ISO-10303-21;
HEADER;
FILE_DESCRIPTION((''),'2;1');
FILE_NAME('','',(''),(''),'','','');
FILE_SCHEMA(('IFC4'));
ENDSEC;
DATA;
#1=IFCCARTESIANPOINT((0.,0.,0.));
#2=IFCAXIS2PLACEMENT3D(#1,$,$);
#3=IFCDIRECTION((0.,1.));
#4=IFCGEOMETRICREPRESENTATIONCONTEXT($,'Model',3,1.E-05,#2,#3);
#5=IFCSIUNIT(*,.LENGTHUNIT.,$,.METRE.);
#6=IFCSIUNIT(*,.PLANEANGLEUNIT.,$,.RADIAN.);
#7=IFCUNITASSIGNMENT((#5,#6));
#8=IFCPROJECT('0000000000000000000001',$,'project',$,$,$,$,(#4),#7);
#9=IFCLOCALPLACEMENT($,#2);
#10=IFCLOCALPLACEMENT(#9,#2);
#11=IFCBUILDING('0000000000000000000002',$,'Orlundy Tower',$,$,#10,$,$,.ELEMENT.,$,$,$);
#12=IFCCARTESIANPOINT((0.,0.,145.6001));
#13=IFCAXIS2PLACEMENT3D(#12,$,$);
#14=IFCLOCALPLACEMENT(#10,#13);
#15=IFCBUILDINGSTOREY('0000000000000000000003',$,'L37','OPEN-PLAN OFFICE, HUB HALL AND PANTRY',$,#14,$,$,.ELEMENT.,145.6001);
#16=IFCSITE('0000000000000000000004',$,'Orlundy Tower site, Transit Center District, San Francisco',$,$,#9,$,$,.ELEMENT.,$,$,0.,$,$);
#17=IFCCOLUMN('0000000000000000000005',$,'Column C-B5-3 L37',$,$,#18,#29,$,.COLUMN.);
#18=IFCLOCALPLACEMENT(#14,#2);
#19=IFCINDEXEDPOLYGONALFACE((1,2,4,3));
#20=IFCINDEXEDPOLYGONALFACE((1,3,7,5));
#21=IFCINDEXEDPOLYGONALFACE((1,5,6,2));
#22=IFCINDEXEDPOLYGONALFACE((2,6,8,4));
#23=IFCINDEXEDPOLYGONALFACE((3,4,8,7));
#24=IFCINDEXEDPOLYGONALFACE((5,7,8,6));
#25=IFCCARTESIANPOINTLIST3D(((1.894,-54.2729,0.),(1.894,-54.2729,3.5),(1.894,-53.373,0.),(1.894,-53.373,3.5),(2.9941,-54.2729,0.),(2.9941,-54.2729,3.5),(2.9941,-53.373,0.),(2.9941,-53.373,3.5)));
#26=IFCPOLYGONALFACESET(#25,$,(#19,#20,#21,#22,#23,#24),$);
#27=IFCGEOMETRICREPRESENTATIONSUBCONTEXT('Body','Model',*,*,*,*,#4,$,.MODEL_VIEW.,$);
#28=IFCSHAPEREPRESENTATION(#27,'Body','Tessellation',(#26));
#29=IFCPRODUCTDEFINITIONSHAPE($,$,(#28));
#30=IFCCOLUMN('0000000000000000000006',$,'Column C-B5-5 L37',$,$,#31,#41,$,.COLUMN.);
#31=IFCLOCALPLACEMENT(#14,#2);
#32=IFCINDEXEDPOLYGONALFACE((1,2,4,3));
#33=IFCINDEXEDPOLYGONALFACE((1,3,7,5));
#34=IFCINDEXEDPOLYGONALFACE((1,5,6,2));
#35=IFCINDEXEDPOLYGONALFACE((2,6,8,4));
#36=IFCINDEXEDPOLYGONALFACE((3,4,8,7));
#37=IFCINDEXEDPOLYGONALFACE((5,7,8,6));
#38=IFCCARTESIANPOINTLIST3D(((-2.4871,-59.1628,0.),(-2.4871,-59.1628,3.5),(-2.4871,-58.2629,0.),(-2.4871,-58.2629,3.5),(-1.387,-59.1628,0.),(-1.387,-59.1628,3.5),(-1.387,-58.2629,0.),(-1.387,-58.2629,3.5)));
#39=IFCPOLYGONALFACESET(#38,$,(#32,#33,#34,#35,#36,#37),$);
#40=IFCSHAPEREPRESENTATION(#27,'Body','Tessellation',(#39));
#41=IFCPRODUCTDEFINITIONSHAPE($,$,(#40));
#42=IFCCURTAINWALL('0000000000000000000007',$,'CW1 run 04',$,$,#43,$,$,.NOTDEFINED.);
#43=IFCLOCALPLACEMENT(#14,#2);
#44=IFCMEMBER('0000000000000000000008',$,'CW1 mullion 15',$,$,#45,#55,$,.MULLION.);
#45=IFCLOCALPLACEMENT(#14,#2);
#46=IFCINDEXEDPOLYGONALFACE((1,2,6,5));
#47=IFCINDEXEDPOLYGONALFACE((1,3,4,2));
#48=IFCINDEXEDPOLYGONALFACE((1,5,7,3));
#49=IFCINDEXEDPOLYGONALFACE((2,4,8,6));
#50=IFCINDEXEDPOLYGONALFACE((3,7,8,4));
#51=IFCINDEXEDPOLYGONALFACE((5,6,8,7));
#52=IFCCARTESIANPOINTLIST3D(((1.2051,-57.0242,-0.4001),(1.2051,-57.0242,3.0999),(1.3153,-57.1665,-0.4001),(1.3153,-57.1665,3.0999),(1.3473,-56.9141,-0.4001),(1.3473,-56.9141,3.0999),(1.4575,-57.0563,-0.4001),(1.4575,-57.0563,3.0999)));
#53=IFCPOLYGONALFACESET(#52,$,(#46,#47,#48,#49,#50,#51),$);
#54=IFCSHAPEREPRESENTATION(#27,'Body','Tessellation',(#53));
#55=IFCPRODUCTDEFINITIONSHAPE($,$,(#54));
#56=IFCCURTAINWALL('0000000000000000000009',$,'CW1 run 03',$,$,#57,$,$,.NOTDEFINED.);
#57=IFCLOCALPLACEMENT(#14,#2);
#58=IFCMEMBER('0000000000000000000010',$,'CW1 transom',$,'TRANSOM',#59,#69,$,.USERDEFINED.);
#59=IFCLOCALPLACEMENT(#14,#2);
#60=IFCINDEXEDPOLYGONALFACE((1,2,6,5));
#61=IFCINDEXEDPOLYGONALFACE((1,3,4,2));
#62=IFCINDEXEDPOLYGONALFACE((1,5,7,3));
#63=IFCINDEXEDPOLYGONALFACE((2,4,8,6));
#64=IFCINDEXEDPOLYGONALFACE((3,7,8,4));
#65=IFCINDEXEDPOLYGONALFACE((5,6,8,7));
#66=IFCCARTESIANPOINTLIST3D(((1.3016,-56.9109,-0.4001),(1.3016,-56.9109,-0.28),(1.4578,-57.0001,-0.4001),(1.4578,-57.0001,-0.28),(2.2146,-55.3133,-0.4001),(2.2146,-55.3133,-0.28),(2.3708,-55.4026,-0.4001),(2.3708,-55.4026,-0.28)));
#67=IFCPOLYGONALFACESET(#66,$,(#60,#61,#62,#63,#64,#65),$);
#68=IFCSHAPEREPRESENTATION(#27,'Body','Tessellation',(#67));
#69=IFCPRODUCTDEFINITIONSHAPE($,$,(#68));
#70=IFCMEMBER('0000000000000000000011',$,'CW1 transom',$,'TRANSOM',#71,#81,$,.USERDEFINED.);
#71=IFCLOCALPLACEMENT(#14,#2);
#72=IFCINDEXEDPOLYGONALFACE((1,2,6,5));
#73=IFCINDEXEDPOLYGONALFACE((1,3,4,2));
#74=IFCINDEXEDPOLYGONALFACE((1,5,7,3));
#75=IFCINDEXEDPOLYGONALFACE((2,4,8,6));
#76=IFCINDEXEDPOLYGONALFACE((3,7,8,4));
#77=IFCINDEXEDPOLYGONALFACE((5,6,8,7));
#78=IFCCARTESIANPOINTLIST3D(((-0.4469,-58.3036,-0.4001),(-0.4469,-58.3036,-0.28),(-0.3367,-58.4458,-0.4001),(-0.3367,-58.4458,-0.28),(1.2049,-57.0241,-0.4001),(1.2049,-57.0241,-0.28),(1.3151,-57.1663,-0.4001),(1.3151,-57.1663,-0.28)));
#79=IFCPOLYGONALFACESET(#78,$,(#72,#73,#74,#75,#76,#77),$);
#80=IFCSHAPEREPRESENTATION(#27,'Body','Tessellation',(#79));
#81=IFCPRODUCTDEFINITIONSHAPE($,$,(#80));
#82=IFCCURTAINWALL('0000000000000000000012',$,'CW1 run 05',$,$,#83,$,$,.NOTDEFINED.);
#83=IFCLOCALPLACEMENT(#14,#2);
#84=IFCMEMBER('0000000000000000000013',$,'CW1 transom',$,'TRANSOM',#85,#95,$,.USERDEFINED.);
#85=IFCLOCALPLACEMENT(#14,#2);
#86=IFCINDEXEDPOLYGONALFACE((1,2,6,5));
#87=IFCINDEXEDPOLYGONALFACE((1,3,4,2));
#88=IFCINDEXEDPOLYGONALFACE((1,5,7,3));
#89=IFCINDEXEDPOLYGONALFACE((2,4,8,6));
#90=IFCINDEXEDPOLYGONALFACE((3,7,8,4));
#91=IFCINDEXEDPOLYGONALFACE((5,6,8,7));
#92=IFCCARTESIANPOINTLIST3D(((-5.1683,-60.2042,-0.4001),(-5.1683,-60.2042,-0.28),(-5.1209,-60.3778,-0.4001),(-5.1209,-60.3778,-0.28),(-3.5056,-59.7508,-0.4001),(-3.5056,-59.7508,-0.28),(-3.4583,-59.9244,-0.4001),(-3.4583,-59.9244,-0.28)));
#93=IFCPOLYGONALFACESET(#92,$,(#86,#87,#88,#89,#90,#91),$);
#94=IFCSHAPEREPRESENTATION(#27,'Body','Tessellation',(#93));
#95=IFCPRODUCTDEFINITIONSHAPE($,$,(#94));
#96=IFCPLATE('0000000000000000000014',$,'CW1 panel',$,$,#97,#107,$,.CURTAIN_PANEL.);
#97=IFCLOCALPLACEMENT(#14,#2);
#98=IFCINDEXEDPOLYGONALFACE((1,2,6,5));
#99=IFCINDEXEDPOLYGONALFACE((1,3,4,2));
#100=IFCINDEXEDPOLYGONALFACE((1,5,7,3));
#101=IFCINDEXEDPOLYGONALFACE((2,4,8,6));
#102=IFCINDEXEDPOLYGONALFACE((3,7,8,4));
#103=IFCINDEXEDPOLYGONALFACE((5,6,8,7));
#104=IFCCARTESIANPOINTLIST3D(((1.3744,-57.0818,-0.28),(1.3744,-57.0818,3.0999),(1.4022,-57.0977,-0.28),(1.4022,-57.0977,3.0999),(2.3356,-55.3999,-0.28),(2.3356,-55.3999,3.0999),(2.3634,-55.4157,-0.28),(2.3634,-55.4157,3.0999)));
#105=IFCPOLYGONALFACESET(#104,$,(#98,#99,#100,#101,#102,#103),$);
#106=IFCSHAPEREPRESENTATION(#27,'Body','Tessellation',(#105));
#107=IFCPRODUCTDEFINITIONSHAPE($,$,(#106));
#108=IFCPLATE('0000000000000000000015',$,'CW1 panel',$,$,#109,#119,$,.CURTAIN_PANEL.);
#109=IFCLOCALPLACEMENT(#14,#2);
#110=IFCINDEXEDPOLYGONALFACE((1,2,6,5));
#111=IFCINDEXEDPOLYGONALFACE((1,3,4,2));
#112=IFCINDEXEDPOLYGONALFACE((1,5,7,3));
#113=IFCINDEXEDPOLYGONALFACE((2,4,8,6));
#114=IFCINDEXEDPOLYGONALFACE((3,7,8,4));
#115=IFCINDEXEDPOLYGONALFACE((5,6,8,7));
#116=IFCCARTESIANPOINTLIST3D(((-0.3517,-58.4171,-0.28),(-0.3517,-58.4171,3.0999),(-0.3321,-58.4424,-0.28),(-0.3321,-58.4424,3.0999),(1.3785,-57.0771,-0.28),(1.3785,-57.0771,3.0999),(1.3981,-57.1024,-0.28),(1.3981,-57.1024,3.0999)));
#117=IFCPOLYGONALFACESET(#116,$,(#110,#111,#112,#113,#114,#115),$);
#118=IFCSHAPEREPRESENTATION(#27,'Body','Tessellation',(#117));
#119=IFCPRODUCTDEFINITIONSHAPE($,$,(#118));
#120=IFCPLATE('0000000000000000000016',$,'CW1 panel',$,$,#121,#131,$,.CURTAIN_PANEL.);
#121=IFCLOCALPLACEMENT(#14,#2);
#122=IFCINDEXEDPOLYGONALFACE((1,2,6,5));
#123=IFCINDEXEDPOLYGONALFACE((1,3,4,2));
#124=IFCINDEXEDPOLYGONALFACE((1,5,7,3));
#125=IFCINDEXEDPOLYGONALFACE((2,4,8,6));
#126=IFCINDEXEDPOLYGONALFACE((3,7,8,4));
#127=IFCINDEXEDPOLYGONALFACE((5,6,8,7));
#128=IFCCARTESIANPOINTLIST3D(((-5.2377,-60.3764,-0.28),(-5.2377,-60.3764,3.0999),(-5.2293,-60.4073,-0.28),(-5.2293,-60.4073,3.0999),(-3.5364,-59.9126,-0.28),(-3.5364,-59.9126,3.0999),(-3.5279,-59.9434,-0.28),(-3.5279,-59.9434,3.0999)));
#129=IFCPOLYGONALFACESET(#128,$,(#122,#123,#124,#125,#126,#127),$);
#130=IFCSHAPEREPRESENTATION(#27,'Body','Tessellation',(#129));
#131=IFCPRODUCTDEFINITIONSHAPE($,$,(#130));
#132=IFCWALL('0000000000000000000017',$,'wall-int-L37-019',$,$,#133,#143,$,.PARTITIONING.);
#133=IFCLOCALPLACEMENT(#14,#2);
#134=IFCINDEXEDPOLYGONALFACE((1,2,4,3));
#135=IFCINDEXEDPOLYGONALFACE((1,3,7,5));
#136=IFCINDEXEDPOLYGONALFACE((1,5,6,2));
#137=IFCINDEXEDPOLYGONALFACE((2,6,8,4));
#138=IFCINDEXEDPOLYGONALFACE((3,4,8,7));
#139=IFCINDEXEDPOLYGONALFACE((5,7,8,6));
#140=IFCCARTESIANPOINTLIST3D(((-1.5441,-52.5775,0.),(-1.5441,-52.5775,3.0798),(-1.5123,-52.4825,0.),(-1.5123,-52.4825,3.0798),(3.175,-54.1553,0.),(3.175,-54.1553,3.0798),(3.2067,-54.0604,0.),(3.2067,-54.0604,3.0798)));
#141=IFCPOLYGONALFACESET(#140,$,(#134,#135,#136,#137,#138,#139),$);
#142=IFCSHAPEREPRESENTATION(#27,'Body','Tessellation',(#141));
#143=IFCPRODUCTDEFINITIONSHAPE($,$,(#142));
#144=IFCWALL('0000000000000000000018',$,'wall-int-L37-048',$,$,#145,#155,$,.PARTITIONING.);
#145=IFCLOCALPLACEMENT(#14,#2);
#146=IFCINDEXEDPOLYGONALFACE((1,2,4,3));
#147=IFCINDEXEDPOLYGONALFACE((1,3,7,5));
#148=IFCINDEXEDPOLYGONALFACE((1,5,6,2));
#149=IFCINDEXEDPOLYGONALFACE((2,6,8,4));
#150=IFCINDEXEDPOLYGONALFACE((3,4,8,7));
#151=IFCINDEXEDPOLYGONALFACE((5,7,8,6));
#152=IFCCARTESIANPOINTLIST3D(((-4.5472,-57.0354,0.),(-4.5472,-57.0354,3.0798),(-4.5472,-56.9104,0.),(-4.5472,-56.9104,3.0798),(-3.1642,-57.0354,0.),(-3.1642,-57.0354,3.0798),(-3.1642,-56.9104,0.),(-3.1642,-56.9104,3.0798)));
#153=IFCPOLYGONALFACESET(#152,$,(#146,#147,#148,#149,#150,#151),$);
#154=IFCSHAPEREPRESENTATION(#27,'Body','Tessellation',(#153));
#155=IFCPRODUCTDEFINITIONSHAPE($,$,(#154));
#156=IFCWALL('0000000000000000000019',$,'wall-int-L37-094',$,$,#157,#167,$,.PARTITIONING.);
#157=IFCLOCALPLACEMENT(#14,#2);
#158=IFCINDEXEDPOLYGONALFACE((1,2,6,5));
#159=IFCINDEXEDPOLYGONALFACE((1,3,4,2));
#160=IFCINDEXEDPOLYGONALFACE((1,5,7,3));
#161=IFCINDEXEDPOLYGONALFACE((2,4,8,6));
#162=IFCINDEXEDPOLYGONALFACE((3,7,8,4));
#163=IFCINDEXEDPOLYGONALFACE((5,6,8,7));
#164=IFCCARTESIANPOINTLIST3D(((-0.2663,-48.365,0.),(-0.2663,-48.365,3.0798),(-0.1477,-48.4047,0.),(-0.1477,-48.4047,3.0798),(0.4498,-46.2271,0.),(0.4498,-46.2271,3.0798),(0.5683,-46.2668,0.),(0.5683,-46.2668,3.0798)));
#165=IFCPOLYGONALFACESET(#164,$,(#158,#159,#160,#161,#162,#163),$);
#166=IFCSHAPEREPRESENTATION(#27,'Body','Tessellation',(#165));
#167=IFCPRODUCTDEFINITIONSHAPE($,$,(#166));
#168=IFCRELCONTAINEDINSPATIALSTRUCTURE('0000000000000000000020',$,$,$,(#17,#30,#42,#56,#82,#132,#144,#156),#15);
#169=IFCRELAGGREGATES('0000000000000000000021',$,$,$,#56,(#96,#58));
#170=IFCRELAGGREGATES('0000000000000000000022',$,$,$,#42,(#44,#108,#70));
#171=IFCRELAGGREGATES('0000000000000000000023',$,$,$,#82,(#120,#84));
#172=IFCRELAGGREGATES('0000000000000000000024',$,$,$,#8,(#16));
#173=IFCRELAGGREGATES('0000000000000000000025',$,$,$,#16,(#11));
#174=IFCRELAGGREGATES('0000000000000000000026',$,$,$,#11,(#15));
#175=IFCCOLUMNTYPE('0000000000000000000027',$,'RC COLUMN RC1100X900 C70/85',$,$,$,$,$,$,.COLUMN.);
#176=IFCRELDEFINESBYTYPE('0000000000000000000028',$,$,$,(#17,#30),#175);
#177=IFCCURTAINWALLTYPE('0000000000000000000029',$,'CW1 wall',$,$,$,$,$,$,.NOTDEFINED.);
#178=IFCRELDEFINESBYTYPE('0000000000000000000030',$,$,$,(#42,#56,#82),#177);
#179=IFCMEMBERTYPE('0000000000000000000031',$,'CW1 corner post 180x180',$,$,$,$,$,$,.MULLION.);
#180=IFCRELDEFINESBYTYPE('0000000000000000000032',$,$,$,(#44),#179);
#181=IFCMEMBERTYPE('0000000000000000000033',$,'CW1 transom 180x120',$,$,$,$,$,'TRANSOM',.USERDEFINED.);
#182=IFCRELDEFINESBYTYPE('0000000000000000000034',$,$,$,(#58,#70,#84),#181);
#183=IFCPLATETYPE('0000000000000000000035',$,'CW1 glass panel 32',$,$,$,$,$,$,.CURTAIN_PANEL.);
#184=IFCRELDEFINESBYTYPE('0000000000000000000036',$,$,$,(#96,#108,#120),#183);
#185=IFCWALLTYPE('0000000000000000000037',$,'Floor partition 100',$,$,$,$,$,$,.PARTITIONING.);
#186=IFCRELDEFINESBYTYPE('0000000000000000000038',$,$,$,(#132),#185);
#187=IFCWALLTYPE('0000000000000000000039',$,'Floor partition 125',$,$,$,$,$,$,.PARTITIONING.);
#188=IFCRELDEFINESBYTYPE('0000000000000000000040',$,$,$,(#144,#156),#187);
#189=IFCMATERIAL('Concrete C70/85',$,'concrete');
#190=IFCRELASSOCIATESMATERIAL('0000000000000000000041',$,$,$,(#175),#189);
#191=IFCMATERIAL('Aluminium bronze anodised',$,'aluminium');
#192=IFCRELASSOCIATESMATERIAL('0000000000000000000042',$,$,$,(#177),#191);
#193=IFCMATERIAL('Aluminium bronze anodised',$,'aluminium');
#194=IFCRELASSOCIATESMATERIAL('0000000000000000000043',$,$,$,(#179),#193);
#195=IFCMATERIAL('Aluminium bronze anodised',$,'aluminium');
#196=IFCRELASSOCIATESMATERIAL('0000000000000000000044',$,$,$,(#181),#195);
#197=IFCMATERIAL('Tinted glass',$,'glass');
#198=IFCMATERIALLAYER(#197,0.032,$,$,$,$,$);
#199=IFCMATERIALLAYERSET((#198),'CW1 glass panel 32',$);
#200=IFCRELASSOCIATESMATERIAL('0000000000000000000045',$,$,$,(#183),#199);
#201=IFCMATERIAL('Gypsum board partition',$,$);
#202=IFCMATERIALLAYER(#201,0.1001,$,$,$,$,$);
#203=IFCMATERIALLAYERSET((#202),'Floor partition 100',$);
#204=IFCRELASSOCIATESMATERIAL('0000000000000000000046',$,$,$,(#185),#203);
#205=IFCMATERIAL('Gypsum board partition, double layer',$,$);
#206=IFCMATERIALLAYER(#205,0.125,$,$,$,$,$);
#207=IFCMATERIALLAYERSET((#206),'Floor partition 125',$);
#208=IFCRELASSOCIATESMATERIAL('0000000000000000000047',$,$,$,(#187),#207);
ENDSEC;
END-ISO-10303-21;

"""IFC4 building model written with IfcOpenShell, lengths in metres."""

from ifc_helpers import new_model, si_unit, direction, frame, frame_2d, origin, origin_2d, place, context, subcontext, project, spatial, rectangle, extrude, material, layer, layer_set, material_profile, profile_set, type_object, element, aggregate, save


model = new_model("IFC4")

# Units and contexts
model_context = context("Model", 3, precision=1e-05, world=origin(), true_north=direction((0.0, 1.0)))
body_context = subcontext(model_context, "Body", "Model", "MODEL_VIEW")
ifc_project = project(units=[si_unit("LENGTHUNIT", "METRE"), si_unit("PLANEANGLEUNIT", "RADIAN")], contexts=[model_context])

# Site, building, storey
site_placement = place(None, origin())
site = spatial("IfcSite", under=ifc_project, at=site_placement, Name="Orlundy Tower site, Transit Center District, San Francisco", CompositionType="ELEMENT", RefElevation=0.0)
building_placement = place(site_placement, origin())
building = spatial("IfcBuilding", under=site, at=building_placement, Name="Orlundy Tower", CompositionType="ELEMENT")
storey_placement = place(building_placement, frame((0.0, 0.0, 145.6001)))
storey = spatial("IfcBuildingStorey", under=building, at=storey_placement, Name="L37", Description="OPEN-PLAN OFFICE, HUB HALL AND PANTRY", CompositionType="ELEMENT", Elevation=145.6001)

# Columns
ifc_material_1 = material(Name="Concrete C70/85", Category="concrete")
ifc_material_profile_1 = material_profile(ifc_material_1, rectangle(XDim=1.1001, YDim=0.8999, at=origin_2d()), Name="RC1100X900")
ifc_profile_set_1 = profile_set([ifc_material_profile_1], Name="Concrete C70/85")
column_type = type_object("IfcColumnType", Name="RC COLUMN RC1100X900 C70/85", PredefinedType="COLUMN", material=ifc_profile_set_1)
for number, where, z_axis, x_axis, name in (
    (1, (2.4441, -53.823, 0.0), (0.0, 0.0, 1.0), (1.0, 0.0, 0.0), "Column C-B5-3 L37"),
    (2, (-1.937, -58.7129, 0.0), (0.0, 0.0, 1.0), (1.0, 0.0, 0.0), "Column C-B5-5 L37"),
):
    element("IfcColumn", number, at=place(storey_placement, frame(where, z_axis=z_axis, x_axis=x_axis)), inside=storey, type_object=column_type, Name=name, PredefinedType="COLUMN", context=body_context, shape_type="SweptSolid", body=[
        extrude(rectangle(XDim=1.1001, YDim=0.8999, at=origin_2d()), origin(), (0.0, 0.0, 1.0), 3.5),
    ])

# Curtain walls, members
ifc_material_2 = material(Name="Aluminium bronze anodised", Category="aluminium")
curtain_wall_type = type_object("IfcCurtainWallType", Name="CW1 wall", PredefinedType="NOTDEFINED", material=ifc_material_2)
curtain_wall_1_placement = place(storey_placement, origin())
curtain_wall_1 = element("IfcCurtainWall", 3, at=curtain_wall_1_placement, inside=storey, type_object=curtain_wall_type, Name="CW1 run 04", PredefinedType="NOTDEFINED")
ifc_material_3 = material(Name="Aluminium bronze anodised", Category="aluminium")
ifc_material_profile_2 = material_profile(ifc_material_3, rectangle(XDim=0.1799, YDim=0.1799, at=origin_2d()), Name="CW1 corner post 180x180")
ifc_profile_set_2 = profile_set([ifc_material_profile_2], Name="Aluminium bronze anodised")
member_type_1 = type_object("IfcMemberType", Name="CW1 corner post 180x180", PredefinedType="MULLION", material=ifc_profile_set_2)
member_1_placement = place(storey_placement, frame((1.3313, -57.0403, -0.4001), z_axis=(0.0, 0.0, 1.0), x_axis=(0.612315, -0.790614, 0.0)))
member_1 = element("IfcMember", 4, at=member_1_placement, type_object=member_type_1, Name="CW1 mullion 15", PredefinedType="MULLION", context=body_context, shape_type="SweptSolid", body=[
    extrude(rectangle(XDim=0.1799, YDim=0.1799, at=origin_2d()), origin(), (0.0, 0.0, 1.0), 3.5),
])
curtain_wall_2_placement = place(storey_placement, origin())
curtain_wall_2 = element("IfcCurtainWall", 5, at=curtain_wall_2_placement, inside=storey, type_object=curtain_wall_type, Name="CW1 run 03", PredefinedType="NOTDEFINED")
ifc_material_4 = material(Name="Aluminium bronze anodised", Category="aluminium")
ifc_material_profile_3 = material_profile(ifc_material_4, rectangle(XDim=0.1799, YDim=0.1201, at=origin_2d()), Name="CW1 transom 180x120")
ifc_profile_set_3 = profile_set([ifc_material_profile_3], Name="Aluminium bronze anodised")
member_type_2 = type_object("IfcMemberType", Name="CW1 transom 180x120", ElementType="TRANSOM", PredefinedType="USERDEFINED", material=ifc_profile_set_3)
member_2_placement = place(storey_placement, frame((2.2927, -55.3579, -0.3401), z_axis=(-0.496196, -0.86821, 0.0), x_axis=(0.86821, -0.496196, 0.0)))
member_2 = element("IfcMember", 6, at=member_2_placement, type_object=member_type_2, Name="CW1 transom", ObjectType="TRANSOM", PredefinedType="USERDEFINED", context=body_context, shape_type="SweptSolid", body=[
    extrude(rectangle(XDim=0.1799, YDim=0.1201, at=origin_2d()), origin(), (0.0, 0.0, 1.0), 1.8401),
])

# Member
member_3_placement = place(storey_placement, frame((1.26, -57.0952, -0.3401), z_axis=(-0.790565, -0.612378, 0.0), x_axis=(0.612378, -0.790565, 0.0)))
member_3 = element("IfcMember", 7, at=member_3_placement, type_object=member_type_2, Name="CW1 transom", ObjectType="TRANSOM", PredefinedType="USERDEFINED", context=body_context, shape_type="SweptSolid", body=[
    extrude(rectangle(XDim=0.1799, YDim=0.1201, at=origin_2d()), origin(), (0.0, 0.0, 1.0), 2.0894),
])

# Curtain wall, member
curtain_wall_3_placement = place(storey_placement, origin())
curtain_wall_3 = element("IfcCurtainWall", 8, at=curtain_wall_3_placement, inside=storey, type_object=curtain_wall_type, Name="CW1 run 05", PredefinedType="NOTDEFINED")
member_4_placement = place(storey_placement, frame((-3.4819, -59.8376, -0.3401), z_axis=(-0.964774, -0.263081, 0.0), x_axis=(0.263081, -0.964774, 0.0)))
member_4 = element("IfcMember", 9, at=member_4_placement, type_object=member_type_2, Name="CW1 transom", ObjectType="TRANSOM", PredefinedType="USERDEFINED", context=body_context, shape_type="SweptSolid", body=[
    extrude(rectangle(XDim=0.1799, YDim=0.1201, at=origin_2d()), origin(), (0.0, 0.0, 1.0), 1.7234),
])

# Plates
ifc_material_5 = material(Name="Tinted glass", Category="glass")
ifc_layer_1 = layer(ifc_material_5, 0.032)
ifc_layer_set_1 = layer_set([ifc_layer_1], Name="CW1 glass panel 32")
plate_type = type_object("IfcPlateType", Name="CW1 glass panel 32", PredefinedType="CURTAIN_PANEL", material=ifc_layer_set_1)
plate_1_placement = place(storey_placement, frame((1.8689, -56.2488, -0.28), z_axis=(0.0, 0.0, 1.0), x_axis=(-0.496168, -0.868227, 0.0)))
plate_1 = element("IfcPlate", 10, at=plate_1_placement, type_object=plate_type, Name="CW1 panel", PredefinedType="CURTAIN_PANEL", context=body_context, shape_type="SweptSolid", body=[
    extrude(rectangle(XDim=1.9373, YDim=0.032, at=origin_2d()), origin(), (0.0, 0.0, 1.0), 3.3799),
])
aggregate(curtain_wall_2, [plate_1, member_2])
plate_2_placement = place(storey_placement, frame((0.5232, -57.7598, -0.28), z_axis=(0.0, 0.0, 1.0), x_axis=(-0.790614, -0.612315, 0.0)))
plate_2 = element("IfcPlate", 11, at=plate_2_placement, type_object=plate_type, Name="CW1 panel", PredefinedType="CURTAIN_PANEL", context=body_context, shape_type="SweptSolid", body=[
    extrude(rectangle(XDim=2.1885, YDim=0.032, at=origin_2d()), origin(), (0.0, 0.0, 1.0), 3.3799),
])
aggregate(curtain_wall_1, [member_1, plate_2, member_3])
plate_3_placement = place(storey_placement, frame((-4.3828, -60.1599, -0.28), z_axis=(0.0, 0.0, 1.0), x_axis=(-0.964782, -0.263049, 0.0)))
plate_3 = element("IfcPlate", 12, at=plate_3_placement, type_object=plate_type, Name="CW1 panel", PredefinedType="CURTAIN_PANEL", context=body_context, shape_type="SweptSolid", body=[
    extrude(rectangle(XDim=1.7634, YDim=0.032, at=origin_2d()), origin(), (0.0, 0.0, 1.0), 3.3799),
])
aggregate(curtain_wall_3, [plate_3, member_4])

# Walls
ifc_material_6 = material(Name="Gypsum board partition")
ifc_layer_2 = layer(ifc_material_6, 0.1001)
ifc_layer_set_2 = layer_set([ifc_layer_2], Name="Floor partition 100")
wall_type_1 = type_object("IfcWallType", Name="Floor partition 100", PredefinedType="PARTITIONING", material=ifc_layer_set_2)
wall_1_placement = place(storey_placement, frame((-1.5281, -52.53, 0.0), z_axis=(0.0, 0.0, 1.0), x_axis=(0.948388, -0.317111, 0.0)))
element("IfcWall", 13, at=wall_1_placement, inside=storey, type_object=wall_type_1, Name="wall-int-L37-019", PredefinedType="PARTITIONING", context=body_context, shape_type="SweptSolid", body=[
    extrude(rectangle(XDim=4.9758, YDim=0.1001, at=frame_2d((2.4878, 0.0))), origin(), (0.0, 0.0, 1.0), 3.0798),
])
ifc_material_7 = material(Name="Gypsum board partition, double layer")
ifc_layer_3 = layer(ifc_material_7, 0.125)
ifc_layer_set_3 = layer_set([ifc_layer_3], Name="Floor partition 125")
wall_type_2 = type_object("IfcWallType", Name="Floor partition 125", PredefinedType="PARTITIONING", material=ifc_layer_set_3)
wall_2_placement = place(storey_placement, frame((-4.5471, -56.9729, 0.0), z_axis=(0.0, 0.0, 1.0), x_axis=(1.0, 0.0, 0.0)))
element("IfcWall", 14, at=wall_2_placement, inside=storey, type_object=wall_type_2, Name="wall-int-L37-048", PredefinedType="PARTITIONING", context=body_context, shape_type="SweptSolid", body=[
    extrude(rectangle(XDim=1.3831, YDim=0.125, at=frame_2d((0.6914, 0.0))), origin(), (0.0, 0.0, 1.0), 3.0798),
])
wall_3_placement = place(storey_placement, frame((-0.207, -48.385, 0.0), z_axis=(0.0, 0.0, 1.0), x_axis=(0.317592, 0.948228, 0.0)))
element("IfcWall", 15, at=wall_3_placement, inside=storey, type_object=wall_type_2, Name="wall-int-L37-094", PredefinedType="PARTITIONING", context=body_context, shape_type="SweptSolid", body=[
    extrude(rectangle(XDim=2.2546, YDim=0.125, at=frame_2d((1.1274, 0.0))), origin(), (0.0, 0.0, 1.0), 3.0798),
])

save(model, "model.ifc")
